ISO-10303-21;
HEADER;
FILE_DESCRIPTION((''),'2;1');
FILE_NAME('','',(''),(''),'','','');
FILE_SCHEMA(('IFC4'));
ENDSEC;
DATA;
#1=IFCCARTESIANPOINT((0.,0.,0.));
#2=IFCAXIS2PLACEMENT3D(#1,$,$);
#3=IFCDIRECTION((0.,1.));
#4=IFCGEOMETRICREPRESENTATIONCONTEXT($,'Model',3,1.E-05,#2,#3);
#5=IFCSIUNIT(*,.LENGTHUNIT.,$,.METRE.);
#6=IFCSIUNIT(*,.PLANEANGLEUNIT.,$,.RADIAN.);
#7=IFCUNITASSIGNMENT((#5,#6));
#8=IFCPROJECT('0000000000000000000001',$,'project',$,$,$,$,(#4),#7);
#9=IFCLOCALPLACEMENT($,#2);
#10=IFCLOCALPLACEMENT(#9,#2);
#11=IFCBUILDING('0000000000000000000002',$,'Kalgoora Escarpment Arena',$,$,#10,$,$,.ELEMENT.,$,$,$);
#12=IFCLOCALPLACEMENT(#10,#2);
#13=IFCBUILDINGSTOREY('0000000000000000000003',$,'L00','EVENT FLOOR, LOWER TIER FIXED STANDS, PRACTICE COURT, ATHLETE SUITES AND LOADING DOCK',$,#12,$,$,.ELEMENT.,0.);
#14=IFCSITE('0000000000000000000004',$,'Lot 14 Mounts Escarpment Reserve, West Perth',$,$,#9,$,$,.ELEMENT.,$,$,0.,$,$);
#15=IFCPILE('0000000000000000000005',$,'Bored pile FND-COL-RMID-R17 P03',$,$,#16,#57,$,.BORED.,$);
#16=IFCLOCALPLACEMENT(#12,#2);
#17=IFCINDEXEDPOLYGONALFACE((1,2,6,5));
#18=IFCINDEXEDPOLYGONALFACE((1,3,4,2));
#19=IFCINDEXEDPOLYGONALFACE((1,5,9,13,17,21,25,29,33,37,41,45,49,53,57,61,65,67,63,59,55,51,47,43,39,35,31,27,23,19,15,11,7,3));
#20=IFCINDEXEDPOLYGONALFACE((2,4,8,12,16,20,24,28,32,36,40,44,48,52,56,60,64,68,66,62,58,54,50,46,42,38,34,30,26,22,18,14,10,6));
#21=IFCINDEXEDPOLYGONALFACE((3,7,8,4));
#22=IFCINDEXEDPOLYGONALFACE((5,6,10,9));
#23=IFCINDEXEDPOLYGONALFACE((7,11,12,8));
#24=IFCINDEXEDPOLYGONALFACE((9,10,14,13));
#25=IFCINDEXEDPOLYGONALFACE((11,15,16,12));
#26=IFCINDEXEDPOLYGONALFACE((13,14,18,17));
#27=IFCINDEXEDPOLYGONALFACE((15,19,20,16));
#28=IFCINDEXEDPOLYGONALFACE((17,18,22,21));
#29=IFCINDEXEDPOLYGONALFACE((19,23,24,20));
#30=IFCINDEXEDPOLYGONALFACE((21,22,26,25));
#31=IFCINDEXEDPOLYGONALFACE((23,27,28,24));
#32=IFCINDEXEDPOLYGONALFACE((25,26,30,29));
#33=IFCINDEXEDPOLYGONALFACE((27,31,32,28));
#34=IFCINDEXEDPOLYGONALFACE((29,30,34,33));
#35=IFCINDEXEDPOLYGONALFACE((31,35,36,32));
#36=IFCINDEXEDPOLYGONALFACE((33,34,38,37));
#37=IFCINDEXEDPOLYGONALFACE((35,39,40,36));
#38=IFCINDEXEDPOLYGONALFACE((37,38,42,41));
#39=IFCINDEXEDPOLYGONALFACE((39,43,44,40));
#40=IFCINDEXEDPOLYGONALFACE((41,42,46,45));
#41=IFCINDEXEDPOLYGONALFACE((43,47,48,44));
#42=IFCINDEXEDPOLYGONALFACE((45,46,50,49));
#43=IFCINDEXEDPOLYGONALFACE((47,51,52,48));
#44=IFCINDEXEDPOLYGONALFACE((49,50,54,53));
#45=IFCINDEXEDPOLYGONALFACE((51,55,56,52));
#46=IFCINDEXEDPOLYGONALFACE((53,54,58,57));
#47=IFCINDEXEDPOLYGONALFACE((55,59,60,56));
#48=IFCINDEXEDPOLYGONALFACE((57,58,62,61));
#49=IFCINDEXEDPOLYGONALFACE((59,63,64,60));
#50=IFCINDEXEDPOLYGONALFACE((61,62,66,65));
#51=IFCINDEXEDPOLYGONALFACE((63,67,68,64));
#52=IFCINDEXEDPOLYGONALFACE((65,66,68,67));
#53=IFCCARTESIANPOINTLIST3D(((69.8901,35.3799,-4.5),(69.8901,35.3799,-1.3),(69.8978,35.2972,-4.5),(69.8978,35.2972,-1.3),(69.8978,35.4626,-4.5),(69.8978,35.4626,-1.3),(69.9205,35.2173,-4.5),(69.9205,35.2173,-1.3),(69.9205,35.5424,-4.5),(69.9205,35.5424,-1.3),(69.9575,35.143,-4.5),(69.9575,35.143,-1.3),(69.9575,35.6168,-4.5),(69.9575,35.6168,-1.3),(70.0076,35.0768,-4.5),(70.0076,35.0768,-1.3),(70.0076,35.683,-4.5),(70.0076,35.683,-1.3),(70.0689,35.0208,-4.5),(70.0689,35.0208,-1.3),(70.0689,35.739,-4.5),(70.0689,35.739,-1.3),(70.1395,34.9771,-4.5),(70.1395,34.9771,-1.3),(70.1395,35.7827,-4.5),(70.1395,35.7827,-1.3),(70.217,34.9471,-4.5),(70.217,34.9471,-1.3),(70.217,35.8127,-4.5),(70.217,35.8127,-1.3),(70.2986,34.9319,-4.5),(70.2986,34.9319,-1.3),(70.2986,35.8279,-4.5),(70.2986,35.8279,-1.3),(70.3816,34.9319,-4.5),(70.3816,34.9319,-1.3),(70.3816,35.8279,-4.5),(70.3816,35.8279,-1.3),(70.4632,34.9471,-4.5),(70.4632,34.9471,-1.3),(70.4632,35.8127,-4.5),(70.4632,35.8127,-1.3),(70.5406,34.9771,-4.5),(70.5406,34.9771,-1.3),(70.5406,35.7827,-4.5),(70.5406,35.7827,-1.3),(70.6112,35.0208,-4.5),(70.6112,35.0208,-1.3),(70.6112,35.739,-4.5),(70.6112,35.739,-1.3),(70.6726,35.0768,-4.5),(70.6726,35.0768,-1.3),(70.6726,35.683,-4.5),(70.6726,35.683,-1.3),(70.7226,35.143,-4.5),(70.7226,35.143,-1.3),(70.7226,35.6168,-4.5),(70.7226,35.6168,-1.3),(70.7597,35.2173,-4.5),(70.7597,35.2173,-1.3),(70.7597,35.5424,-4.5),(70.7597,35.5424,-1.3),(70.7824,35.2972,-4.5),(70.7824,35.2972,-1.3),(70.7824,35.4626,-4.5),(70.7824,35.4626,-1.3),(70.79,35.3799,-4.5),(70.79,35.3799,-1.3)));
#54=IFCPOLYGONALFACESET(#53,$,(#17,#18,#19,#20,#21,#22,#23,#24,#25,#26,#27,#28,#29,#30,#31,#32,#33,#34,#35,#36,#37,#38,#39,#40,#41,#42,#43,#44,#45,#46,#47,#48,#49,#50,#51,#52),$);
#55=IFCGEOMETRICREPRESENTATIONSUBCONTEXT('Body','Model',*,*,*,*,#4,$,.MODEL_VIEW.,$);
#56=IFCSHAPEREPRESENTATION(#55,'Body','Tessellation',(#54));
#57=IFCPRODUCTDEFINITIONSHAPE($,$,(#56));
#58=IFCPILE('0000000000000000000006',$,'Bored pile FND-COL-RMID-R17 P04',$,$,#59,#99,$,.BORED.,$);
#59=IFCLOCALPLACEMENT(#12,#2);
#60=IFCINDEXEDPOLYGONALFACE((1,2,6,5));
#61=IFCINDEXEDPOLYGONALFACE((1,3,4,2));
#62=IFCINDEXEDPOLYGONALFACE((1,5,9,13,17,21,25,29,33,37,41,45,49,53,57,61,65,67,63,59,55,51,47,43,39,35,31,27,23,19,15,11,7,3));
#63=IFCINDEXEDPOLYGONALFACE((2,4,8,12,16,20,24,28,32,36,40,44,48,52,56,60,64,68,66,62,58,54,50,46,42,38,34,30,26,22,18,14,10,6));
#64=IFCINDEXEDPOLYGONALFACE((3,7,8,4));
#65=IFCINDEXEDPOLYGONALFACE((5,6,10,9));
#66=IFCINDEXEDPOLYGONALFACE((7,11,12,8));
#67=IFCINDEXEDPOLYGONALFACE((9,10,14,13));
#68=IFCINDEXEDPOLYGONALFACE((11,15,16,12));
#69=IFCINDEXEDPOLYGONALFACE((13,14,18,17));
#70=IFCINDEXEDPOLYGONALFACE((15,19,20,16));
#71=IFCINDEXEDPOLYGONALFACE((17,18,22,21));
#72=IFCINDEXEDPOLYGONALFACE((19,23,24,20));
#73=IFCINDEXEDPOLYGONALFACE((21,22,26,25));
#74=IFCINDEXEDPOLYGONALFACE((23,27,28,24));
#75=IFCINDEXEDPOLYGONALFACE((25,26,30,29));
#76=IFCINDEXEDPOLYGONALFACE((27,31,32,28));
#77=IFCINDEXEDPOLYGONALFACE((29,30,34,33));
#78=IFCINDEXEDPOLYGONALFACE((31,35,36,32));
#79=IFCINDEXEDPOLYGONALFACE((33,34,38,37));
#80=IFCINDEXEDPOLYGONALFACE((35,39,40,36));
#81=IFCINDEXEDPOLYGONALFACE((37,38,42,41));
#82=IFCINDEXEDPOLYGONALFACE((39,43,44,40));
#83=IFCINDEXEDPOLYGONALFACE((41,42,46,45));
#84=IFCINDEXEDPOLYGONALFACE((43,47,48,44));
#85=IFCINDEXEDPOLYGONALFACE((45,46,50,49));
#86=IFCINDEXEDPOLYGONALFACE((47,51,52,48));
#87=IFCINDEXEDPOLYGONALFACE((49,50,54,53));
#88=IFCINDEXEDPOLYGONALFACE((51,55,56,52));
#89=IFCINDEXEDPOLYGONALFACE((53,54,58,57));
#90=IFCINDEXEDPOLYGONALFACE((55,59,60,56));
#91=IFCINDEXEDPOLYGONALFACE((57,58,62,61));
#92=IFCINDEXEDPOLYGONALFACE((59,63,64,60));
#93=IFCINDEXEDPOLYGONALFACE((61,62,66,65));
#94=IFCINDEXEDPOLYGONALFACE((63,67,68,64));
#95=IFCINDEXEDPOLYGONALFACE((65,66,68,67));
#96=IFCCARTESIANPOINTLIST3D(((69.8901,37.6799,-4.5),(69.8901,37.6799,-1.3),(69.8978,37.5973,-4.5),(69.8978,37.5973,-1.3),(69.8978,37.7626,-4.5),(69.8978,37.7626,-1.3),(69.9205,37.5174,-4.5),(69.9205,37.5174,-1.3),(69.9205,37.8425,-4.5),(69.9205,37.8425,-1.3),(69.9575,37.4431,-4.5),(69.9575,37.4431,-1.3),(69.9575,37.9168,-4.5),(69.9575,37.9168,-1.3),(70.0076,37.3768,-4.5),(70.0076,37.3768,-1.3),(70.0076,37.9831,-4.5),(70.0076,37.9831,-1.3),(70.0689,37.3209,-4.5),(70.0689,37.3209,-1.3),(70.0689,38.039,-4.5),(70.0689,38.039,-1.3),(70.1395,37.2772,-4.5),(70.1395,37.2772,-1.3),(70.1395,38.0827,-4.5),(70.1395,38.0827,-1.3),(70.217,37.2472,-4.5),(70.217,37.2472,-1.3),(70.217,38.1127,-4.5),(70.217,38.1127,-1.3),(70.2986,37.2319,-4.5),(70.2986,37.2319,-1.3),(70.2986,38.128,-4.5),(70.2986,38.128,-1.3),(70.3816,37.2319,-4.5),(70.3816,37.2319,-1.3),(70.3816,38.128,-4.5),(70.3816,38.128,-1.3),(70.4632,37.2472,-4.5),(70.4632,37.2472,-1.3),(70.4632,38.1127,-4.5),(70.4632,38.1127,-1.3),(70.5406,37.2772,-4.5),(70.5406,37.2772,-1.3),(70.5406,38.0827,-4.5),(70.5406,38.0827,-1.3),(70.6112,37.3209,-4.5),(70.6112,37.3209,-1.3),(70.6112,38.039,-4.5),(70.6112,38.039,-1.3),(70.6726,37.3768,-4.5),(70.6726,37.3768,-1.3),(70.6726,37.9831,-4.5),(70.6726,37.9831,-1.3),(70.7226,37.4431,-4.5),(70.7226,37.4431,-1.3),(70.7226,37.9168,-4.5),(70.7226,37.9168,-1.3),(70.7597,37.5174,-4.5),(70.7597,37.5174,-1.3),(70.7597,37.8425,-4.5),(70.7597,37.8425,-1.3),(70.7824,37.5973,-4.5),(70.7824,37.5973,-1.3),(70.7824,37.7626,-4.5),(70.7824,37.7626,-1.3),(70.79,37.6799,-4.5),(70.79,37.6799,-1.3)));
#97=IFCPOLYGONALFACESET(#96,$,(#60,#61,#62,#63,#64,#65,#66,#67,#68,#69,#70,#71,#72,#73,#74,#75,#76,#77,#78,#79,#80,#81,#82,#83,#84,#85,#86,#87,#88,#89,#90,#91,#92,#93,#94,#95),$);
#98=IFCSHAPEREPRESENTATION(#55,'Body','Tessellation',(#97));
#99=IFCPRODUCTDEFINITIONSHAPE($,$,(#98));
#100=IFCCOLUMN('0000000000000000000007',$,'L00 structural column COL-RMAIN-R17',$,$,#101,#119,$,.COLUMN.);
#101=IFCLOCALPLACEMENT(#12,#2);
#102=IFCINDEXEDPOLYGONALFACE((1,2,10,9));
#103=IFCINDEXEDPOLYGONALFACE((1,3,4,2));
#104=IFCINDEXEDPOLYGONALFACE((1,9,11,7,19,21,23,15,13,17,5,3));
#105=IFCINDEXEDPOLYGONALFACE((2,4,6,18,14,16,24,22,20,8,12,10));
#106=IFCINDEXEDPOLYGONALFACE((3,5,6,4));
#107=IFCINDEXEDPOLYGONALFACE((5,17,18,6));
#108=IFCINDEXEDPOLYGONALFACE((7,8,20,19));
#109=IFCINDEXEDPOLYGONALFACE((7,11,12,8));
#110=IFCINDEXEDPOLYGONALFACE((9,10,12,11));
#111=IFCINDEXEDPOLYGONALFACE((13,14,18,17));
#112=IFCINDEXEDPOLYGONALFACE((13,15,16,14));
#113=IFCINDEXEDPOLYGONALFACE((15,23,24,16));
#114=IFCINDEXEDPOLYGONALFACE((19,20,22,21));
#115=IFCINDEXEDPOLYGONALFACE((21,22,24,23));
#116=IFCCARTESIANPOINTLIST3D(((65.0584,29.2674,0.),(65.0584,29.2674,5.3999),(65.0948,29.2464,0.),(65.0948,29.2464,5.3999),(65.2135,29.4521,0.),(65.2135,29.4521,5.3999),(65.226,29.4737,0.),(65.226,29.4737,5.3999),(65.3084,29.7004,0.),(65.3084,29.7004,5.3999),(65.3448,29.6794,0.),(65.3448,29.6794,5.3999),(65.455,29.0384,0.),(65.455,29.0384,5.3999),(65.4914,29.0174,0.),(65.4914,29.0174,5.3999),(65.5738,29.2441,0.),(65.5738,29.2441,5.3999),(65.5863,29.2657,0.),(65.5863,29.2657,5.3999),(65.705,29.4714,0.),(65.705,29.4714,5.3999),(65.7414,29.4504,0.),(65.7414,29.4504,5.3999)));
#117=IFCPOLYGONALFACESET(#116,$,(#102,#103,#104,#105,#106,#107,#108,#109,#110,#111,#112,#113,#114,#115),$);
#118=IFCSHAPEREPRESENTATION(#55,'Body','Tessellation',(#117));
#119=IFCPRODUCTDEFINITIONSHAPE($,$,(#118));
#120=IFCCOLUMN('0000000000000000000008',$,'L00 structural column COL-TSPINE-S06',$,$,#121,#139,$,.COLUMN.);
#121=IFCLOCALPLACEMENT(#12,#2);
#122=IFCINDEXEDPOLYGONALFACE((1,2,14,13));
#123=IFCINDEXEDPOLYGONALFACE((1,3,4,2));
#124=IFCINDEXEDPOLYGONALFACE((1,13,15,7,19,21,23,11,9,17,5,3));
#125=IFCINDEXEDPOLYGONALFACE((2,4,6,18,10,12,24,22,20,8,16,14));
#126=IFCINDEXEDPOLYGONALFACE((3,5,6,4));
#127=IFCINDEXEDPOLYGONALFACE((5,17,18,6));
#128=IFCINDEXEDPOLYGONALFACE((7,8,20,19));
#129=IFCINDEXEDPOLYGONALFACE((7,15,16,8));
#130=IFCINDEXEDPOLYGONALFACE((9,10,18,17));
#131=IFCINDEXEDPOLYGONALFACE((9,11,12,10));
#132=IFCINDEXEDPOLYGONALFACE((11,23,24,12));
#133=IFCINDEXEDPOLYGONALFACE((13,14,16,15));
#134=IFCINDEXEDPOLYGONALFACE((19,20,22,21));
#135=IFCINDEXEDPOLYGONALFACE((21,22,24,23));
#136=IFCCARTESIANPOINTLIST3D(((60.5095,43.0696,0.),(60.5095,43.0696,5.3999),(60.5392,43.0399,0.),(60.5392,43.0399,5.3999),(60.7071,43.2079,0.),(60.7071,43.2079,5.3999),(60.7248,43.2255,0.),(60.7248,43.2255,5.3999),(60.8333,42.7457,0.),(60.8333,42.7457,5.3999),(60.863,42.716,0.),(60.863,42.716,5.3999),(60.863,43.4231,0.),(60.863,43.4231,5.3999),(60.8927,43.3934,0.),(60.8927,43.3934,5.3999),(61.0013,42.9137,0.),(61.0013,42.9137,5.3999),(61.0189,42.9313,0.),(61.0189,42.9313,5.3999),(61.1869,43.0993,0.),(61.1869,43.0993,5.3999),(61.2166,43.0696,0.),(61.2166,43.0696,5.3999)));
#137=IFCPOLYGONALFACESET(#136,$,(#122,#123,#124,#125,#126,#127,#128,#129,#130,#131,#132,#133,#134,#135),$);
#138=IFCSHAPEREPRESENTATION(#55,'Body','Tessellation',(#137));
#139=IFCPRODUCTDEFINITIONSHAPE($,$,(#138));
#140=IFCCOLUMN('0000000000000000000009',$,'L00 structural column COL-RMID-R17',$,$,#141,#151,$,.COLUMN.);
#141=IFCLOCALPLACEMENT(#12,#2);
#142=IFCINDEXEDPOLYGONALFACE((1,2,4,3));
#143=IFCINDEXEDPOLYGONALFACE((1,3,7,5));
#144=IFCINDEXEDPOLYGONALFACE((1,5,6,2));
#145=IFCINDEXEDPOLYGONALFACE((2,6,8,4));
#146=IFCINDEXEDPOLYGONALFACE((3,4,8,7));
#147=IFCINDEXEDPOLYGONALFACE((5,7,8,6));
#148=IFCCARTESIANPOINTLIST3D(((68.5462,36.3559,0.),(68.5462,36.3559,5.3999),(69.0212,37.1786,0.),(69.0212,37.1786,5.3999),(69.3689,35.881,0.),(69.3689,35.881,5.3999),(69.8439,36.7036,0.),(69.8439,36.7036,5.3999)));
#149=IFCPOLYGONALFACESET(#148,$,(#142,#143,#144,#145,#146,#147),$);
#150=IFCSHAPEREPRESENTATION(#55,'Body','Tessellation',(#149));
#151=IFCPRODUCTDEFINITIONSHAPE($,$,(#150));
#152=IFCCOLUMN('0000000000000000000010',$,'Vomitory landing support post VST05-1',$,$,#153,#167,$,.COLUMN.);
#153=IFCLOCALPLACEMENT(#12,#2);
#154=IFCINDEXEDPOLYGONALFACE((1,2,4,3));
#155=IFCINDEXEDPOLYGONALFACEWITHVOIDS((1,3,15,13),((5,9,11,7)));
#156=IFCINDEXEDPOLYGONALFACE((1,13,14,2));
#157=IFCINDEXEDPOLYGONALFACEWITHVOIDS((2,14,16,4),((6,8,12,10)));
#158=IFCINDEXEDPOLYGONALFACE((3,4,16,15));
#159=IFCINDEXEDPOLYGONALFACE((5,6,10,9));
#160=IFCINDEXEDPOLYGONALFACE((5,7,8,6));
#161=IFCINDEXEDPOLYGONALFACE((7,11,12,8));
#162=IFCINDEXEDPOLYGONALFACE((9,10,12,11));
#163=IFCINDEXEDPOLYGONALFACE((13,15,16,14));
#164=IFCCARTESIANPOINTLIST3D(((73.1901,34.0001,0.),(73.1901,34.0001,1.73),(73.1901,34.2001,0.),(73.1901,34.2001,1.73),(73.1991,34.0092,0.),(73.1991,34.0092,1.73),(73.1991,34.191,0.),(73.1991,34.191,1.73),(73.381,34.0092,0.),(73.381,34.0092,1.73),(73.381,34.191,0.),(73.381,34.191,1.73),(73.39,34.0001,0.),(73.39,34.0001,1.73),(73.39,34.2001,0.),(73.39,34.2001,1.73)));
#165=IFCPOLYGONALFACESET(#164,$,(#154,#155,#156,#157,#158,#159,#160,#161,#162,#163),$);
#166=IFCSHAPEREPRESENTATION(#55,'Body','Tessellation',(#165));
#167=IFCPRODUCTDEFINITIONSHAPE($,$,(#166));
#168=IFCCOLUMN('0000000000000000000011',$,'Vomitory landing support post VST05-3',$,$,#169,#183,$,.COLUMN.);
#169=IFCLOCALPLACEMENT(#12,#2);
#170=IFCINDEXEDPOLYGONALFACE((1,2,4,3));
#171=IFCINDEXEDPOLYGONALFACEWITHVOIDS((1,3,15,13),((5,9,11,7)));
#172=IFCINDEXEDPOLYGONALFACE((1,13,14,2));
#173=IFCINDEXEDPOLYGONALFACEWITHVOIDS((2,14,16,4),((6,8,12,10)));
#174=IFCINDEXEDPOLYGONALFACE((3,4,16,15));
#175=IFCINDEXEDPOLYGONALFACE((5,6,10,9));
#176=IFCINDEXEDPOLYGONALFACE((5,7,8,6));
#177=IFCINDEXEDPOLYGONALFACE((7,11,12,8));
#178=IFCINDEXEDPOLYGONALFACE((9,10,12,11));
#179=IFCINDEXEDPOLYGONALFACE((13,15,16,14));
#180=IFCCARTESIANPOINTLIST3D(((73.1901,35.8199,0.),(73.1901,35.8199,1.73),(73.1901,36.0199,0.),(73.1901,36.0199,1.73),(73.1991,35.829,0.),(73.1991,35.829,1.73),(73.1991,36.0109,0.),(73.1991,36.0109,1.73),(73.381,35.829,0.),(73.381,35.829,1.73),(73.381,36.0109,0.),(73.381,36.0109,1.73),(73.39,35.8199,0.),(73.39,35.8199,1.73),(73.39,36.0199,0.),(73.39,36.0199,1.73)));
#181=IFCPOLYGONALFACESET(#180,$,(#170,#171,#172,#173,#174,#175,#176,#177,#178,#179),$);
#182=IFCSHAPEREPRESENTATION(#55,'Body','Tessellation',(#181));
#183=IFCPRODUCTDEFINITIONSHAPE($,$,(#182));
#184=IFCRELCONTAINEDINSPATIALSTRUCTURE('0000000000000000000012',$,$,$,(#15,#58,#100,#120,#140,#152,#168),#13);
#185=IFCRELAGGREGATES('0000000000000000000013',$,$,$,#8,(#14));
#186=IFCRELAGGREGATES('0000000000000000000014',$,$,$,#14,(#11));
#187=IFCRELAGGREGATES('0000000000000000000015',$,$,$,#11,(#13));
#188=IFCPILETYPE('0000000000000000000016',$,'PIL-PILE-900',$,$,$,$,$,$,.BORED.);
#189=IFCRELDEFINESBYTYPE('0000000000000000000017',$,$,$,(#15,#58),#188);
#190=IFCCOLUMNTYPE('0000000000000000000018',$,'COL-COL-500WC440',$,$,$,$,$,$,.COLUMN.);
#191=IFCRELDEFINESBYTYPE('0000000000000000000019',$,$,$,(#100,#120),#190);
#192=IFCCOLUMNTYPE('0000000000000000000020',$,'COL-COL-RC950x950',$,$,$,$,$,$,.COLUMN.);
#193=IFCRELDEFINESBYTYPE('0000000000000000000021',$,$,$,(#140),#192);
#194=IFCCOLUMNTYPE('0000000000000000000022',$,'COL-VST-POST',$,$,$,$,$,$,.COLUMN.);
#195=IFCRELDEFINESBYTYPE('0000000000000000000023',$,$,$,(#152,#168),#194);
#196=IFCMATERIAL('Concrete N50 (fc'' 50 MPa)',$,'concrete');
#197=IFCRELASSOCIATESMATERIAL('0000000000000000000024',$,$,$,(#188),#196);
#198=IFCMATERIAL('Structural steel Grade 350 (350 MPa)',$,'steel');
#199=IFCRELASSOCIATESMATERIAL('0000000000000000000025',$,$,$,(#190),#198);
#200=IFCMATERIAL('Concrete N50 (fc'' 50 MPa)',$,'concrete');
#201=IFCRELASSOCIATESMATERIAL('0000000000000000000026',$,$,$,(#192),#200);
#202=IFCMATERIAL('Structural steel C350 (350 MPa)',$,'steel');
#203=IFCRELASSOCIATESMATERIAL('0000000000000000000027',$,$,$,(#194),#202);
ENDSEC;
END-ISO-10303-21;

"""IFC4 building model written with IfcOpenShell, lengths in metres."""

from ifc_helpers import new_model, si_unit, direction, frame, origin, origin_2d, place, context, subcontext, project, spatial, rectangle, hollow_rectangle, circle, i_section, extrude, material, material_profile, profile_set, type_object, element, save


model = new_model("IFC4")

# Units and contexts
model_context = context("Model", 3, precision=1e-05, world=origin(), true_north=direction((0.0, 1.0)))
body_context = subcontext(model_context, "Body", "Model", "MODEL_VIEW")
ifc_project = project(units=[si_unit("LENGTHUNIT", "METRE"), si_unit("PLANEANGLEUNIT", "RADIAN")], contexts=[model_context])

# Site, building, storey
site_placement = place(None, origin())
site = spatial("IfcSite", under=ifc_project, at=site_placement, Name="Lot 14 Mounts Escarpment Reserve, West Perth", CompositionType="ELEMENT", RefElevation=0.0)
building_placement = place(site_placement, origin())
building = spatial("IfcBuilding", under=site, at=building_placement, Name="Kalgoora Escarpment Arena", CompositionType="ELEMENT")
storey_placement = place(building_placement, origin())
storey = spatial("IfcBuildingStorey", under=building, at=storey_placement, Name="L00", Description="EVENT FLOOR, LOWER TIER FIXED STANDS, PRACTICE COURT, ATHLETE SUITES AND LOADING DOCK", CompositionType="ELEMENT", Elevation=0.0)

# Piles
ifc_material_1 = material(Name="Concrete N50 (fc' 50 MPa)", Category="concrete")
ifc_material_profile_1 = material_profile(ifc_material_1, circle(Radius=0.45, at=origin_2d()))
ifc_profile_set_1 = profile_set([ifc_material_profile_1], Name="Concrete N50 (fc' 50 MPa)")
pile_type_1 = type_object("IfcPileType", Name="PIL-PILE-900", PredefinedType="BORED", material=ifc_profile_set_1)
for number, where, z_axis, x_axis, name in (
    (1, (70.3401, 35.3799, -1.3), (0.0, 0.0, -1.0), (1.0, 0.0, 0.0), "Bored pile FND-COL-RMID-R17 P03"),
    (2, (70.3401, 37.6799, -1.3), (0.0, 0.0, -1.0), (1.0, 0.0, 0.0), "Bored pile FND-COL-RMID-R17 P04"),
):
    element("IfcPile", number, at=place(storey_placement, frame(where, z_axis=z_axis, x_axis=x_axis)), inside=storey, type_object=pile_type_1, Name=name, PredefinedType="BORED", context=body_context, shape_type="SweptSolid", body=[
        extrude(circle(Radius=0.45, at=origin_2d()), origin(), (0.0, 0.0, 1.0), 3.2),
    ])

# Columns
ifc_material_2 = material(Name="Structural steel Grade 350 (350 MPa)", Category="steel")
ifc_material_profile_2 = material_profile(ifc_material_2, i_section(OverallWidth=0.5, OverallDepth=0.5, WebThickness=0.0249, FlangeThickness=0.042, at=origin_2d()))
ifc_profile_set_2 = profile_set([ifc_material_profile_2], Name="Structural steel Grade 350 (350 MPa)")
column_type_1 = type_object("IfcColumnType", Name="COL-COL-500WC440", PredefinedType="COLUMN", material=ifc_profile_set_2)
for number, where, z_axis, x_axis, name in (
    (3, (65.3999, 29.3589, 0.0), (0.0, 0.0, 1.0), (-0.5, -0.866025, 0.0), "L00 structural column COL-RMAIN-R17"),
    (4, (60.863, 43.0696, 0.0), (0.0, 0.0, 1.0), (-0.707107, -0.707107, 0.0), "L00 structural column COL-TSPINE-S06"),
):
    element("IfcColumn", number, at=place(storey_placement, frame(where, z_axis=z_axis, x_axis=x_axis)), inside=storey, type_object=column_type_1, Name=name, PredefinedType="COLUMN", context=body_context, shape_type="SweptSolid", body=[
        extrude(i_section(OverallWidth=0.5, OverallDepth=0.5, WebThickness=0.0249, FlangeThickness=0.042, at=origin_2d()), origin(), (0.0, 0.0, 1.0), 5.3999),
    ])
ifc_material_3 = material(Name="Concrete N50 (fc' 50 MPa)", Category="concrete")
ifc_material_profile_3 = material_profile(ifc_material_3, rectangle(XDim=0.95, YDim=0.95, at=origin_2d()))
ifc_profile_set_3 = profile_set([ifc_material_profile_3], Name="Concrete N50 (fc' 50 MPa)")
column_type_2 = type_object("IfcColumnType", Name="COL-COL-RC950x950", PredefinedType="COLUMN", material=ifc_profile_set_3)
column_placement = place(storey_placement, frame((69.1951, 36.5298, 0.0), z_axis=(0.0, 0.0, 1.0), x_axis=(-0.5, -0.866025, 0.0)))
element("IfcColumn", 5, at=column_placement, inside=storey, type_object=column_type_2, Name="L00 structural column COL-RMID-R17", PredefinedType="COLUMN", context=body_context, shape_type="SweptSolid", body=[
    extrude(rectangle(XDim=0.95, YDim=0.95, at=origin_2d()), origin(), (0.0, 0.0, 1.0), 5.3999),
])
ifc_material_4 = material(Name="Structural steel C350 (350 MPa)", Category="steel")
ifc_material_profile_4 = material_profile(ifc_material_4, hollow_rectangle(XDim=0.2, YDim=0.2, WallThickness=0.009, at=origin_2d()))
ifc_profile_set_4 = profile_set([ifc_material_profile_4], Name="Structural steel C350 (350 MPa)")
column_type_3 = type_object("IfcColumnType", Name="COL-VST-POST", PredefinedType="COLUMN", material=ifc_profile_set_4)
for number, where, z_axis, x_axis, name in (
    (6, (73.29, 34.1001, 0.0), (0.0, 0.0, 1.0), (1.0, 0.0, 0.0), "Vomitory landing support post VST05-1"),
    (7, (73.29, 35.9199, 0.0), (0.0, 0.0, 1.0), (1.0, 0.0, 0.0), "Vomitory landing support post VST05-3"),
):
    element("IfcColumn", number, at=place(storey_placement, frame(where, z_axis=z_axis, x_axis=x_axis)), inside=storey, type_object=column_type_3, Name=name, PredefinedType="COLUMN", context=body_context, shape_type="SweptSolid", body=[
        extrude(hollow_rectangle(XDim=0.2, YDim=0.2, WallThickness=0.009, at=origin_2d()), origin(), (0.0, 0.0, 1.0), 1.73),
    ])

save(model, "model.ifc")
